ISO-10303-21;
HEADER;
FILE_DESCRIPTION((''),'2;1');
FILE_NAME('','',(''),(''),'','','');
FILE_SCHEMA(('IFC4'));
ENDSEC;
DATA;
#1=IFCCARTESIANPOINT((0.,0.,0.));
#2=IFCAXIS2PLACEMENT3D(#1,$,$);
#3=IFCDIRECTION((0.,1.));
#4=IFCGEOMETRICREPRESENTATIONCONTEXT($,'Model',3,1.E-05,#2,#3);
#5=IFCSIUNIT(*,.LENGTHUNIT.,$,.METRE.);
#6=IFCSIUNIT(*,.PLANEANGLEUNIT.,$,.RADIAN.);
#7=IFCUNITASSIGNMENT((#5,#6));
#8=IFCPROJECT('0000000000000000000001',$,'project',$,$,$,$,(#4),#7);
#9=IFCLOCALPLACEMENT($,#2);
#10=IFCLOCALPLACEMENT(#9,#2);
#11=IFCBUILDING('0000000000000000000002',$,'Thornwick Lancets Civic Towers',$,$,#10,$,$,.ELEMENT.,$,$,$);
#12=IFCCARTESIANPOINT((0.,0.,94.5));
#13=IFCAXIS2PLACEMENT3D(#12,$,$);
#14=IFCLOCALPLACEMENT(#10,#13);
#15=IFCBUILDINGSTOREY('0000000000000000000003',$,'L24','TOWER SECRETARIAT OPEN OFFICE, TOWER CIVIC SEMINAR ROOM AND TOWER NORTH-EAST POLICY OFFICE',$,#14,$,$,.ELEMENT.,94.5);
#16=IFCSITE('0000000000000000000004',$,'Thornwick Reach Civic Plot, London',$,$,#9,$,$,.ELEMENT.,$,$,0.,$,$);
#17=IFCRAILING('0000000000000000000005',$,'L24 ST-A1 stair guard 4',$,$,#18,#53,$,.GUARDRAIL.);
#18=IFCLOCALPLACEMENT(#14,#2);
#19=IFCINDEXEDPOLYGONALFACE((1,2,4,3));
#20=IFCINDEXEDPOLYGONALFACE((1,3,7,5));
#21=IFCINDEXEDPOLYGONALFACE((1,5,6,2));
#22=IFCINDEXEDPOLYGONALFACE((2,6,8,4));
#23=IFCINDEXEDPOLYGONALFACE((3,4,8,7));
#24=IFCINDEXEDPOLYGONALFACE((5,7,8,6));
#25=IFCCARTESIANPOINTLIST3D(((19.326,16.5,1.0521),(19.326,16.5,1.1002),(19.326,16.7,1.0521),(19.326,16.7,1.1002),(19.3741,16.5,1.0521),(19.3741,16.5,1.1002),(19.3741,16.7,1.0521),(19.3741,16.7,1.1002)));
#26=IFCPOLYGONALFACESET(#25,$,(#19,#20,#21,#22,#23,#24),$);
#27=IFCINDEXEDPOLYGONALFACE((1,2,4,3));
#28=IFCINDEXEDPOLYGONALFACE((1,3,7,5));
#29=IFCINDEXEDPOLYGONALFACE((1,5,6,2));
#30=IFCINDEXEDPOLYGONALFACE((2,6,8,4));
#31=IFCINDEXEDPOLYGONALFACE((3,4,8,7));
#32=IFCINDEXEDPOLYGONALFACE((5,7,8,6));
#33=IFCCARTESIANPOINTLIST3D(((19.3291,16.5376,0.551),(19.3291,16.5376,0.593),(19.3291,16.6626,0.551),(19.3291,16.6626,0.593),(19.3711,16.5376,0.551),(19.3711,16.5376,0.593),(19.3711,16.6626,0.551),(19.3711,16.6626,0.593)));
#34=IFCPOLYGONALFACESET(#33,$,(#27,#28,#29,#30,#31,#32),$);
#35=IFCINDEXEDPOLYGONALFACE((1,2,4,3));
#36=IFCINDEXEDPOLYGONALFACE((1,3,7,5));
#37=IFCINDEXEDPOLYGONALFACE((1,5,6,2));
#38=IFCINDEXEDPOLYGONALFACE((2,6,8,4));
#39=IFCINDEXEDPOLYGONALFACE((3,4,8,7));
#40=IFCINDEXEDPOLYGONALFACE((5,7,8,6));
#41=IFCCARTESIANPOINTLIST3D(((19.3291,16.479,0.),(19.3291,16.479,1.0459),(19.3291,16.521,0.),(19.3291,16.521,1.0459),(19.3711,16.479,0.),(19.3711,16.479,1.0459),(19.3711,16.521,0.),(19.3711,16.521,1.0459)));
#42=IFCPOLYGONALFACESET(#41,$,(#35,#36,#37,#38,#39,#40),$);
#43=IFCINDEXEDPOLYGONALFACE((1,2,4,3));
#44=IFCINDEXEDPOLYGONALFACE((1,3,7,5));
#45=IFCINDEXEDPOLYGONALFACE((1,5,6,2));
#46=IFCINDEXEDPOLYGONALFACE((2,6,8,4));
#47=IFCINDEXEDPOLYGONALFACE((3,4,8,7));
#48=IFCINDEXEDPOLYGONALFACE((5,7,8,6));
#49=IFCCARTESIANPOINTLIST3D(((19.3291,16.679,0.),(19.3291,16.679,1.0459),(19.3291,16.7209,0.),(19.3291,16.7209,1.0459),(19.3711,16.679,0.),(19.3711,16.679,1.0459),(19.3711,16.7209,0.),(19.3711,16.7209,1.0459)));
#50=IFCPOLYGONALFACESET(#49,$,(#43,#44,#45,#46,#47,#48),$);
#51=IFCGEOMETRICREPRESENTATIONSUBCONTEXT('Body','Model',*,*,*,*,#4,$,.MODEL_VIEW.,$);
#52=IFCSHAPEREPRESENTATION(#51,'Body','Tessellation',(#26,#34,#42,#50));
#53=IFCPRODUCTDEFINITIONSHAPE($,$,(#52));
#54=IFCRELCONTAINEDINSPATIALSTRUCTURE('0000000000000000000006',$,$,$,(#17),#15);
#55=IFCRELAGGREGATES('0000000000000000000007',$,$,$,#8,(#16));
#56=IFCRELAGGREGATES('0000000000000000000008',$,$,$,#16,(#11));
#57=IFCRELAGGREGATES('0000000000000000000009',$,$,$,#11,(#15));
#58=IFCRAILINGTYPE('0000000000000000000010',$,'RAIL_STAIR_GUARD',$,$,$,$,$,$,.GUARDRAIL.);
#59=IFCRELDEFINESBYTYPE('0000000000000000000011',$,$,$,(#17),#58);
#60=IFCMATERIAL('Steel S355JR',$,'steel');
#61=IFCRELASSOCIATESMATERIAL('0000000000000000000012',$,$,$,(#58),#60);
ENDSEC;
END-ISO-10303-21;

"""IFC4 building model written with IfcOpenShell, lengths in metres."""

from ifc_helpers import new_model, si_unit, direction, frame, origin, origin_2d, place, context, subcontext, project, spatial, rectangle, extrude, material, type_object, element, save


model = new_model("IFC4")

# Units and contexts
model_context = context("Model", 3, precision=1e-05, world=origin(), true_north=direction((0.0, 1.0)))
body_context = subcontext(model_context, "Body", "Model", "MODEL_VIEW")
ifc_project = project(units=[si_unit("LENGTHUNIT", "METRE"), si_unit("PLANEANGLEUNIT", "RADIAN")], contexts=[model_context])

# Site, building, storey
site_placement = place(None, origin())
site = spatial("IfcSite", under=ifc_project, at=site_placement, Name="Thornwick Reach Civic Plot, London", CompositionType="ELEMENT", RefElevation=0.0)
building_placement = place(site_placement, origin())
building = spatial("IfcBuilding", under=site, at=building_placement, Name="Thornwick Lancets Civic Towers", CompositionType="ELEMENT")
storey_placement = place(building_placement, frame((0.0, 0.0, 94.5)))
storey = spatial("IfcBuildingStorey", under=building, at=storey_placement, Name="L24", Description="TOWER SECRETARIAT OPEN OFFICE, TOWER CIVIC SEMINAR ROOM AND TOWER NORTH-EAST POLICY OFFICE", CompositionType="ELEMENT", Elevation=94.5)

# Railing
ifc_material_1 = material(Name="Steel S355JR", Category="steel")
railing_type_1 = type_object("IfcRailingType", Name="RAIL_STAIR_GUARD", PredefinedType="GUARDRAIL", material=ifc_material_1)
railing_1_placement = place(storey_placement, frame((19.3501, 16.5, 0.0)))
element("IfcRailing", 1, at=railing_1_placement, inside=storey, type_object=railing_type_1, Name="L24 ST-A1 stair guard 4", PredefinedType="GUARDRAIL", context=body_context, shape_type="SweptSolid", body=[
    extrude(rectangle(XDim=0.0481, YDim=0.0481, at=origin_2d()), frame((0.0, 0.0, 1.0762), z_axis=(0.0, 1.0, 0.0), x_axis=(-1.0, 0.0, 0.0)), (0.0, 0.0, 1.0), 0.2),
    extrude(rectangle(XDim=0.042, YDim=0.042, at=origin_2d()), frame((0.0, 0.0376, 0.572), z_axis=(0.0, 1.0, 0.0), x_axis=(-1.0, 0.0, 0.0)), (0.0, 0.0, 1.0), 0.125),
    extrude(rectangle(XDim=0.042, YDim=0.042, at=origin_2d()), origin(), (0.0, 0.0, 1.0), 1.0459),
    extrude(rectangle(XDim=0.042, YDim=0.042, at=origin_2d()), frame((0.0, 0.2, 0.0)), (0.0, 0.0, 1.0), 1.0459),
])

save(model, "model.ifc")
